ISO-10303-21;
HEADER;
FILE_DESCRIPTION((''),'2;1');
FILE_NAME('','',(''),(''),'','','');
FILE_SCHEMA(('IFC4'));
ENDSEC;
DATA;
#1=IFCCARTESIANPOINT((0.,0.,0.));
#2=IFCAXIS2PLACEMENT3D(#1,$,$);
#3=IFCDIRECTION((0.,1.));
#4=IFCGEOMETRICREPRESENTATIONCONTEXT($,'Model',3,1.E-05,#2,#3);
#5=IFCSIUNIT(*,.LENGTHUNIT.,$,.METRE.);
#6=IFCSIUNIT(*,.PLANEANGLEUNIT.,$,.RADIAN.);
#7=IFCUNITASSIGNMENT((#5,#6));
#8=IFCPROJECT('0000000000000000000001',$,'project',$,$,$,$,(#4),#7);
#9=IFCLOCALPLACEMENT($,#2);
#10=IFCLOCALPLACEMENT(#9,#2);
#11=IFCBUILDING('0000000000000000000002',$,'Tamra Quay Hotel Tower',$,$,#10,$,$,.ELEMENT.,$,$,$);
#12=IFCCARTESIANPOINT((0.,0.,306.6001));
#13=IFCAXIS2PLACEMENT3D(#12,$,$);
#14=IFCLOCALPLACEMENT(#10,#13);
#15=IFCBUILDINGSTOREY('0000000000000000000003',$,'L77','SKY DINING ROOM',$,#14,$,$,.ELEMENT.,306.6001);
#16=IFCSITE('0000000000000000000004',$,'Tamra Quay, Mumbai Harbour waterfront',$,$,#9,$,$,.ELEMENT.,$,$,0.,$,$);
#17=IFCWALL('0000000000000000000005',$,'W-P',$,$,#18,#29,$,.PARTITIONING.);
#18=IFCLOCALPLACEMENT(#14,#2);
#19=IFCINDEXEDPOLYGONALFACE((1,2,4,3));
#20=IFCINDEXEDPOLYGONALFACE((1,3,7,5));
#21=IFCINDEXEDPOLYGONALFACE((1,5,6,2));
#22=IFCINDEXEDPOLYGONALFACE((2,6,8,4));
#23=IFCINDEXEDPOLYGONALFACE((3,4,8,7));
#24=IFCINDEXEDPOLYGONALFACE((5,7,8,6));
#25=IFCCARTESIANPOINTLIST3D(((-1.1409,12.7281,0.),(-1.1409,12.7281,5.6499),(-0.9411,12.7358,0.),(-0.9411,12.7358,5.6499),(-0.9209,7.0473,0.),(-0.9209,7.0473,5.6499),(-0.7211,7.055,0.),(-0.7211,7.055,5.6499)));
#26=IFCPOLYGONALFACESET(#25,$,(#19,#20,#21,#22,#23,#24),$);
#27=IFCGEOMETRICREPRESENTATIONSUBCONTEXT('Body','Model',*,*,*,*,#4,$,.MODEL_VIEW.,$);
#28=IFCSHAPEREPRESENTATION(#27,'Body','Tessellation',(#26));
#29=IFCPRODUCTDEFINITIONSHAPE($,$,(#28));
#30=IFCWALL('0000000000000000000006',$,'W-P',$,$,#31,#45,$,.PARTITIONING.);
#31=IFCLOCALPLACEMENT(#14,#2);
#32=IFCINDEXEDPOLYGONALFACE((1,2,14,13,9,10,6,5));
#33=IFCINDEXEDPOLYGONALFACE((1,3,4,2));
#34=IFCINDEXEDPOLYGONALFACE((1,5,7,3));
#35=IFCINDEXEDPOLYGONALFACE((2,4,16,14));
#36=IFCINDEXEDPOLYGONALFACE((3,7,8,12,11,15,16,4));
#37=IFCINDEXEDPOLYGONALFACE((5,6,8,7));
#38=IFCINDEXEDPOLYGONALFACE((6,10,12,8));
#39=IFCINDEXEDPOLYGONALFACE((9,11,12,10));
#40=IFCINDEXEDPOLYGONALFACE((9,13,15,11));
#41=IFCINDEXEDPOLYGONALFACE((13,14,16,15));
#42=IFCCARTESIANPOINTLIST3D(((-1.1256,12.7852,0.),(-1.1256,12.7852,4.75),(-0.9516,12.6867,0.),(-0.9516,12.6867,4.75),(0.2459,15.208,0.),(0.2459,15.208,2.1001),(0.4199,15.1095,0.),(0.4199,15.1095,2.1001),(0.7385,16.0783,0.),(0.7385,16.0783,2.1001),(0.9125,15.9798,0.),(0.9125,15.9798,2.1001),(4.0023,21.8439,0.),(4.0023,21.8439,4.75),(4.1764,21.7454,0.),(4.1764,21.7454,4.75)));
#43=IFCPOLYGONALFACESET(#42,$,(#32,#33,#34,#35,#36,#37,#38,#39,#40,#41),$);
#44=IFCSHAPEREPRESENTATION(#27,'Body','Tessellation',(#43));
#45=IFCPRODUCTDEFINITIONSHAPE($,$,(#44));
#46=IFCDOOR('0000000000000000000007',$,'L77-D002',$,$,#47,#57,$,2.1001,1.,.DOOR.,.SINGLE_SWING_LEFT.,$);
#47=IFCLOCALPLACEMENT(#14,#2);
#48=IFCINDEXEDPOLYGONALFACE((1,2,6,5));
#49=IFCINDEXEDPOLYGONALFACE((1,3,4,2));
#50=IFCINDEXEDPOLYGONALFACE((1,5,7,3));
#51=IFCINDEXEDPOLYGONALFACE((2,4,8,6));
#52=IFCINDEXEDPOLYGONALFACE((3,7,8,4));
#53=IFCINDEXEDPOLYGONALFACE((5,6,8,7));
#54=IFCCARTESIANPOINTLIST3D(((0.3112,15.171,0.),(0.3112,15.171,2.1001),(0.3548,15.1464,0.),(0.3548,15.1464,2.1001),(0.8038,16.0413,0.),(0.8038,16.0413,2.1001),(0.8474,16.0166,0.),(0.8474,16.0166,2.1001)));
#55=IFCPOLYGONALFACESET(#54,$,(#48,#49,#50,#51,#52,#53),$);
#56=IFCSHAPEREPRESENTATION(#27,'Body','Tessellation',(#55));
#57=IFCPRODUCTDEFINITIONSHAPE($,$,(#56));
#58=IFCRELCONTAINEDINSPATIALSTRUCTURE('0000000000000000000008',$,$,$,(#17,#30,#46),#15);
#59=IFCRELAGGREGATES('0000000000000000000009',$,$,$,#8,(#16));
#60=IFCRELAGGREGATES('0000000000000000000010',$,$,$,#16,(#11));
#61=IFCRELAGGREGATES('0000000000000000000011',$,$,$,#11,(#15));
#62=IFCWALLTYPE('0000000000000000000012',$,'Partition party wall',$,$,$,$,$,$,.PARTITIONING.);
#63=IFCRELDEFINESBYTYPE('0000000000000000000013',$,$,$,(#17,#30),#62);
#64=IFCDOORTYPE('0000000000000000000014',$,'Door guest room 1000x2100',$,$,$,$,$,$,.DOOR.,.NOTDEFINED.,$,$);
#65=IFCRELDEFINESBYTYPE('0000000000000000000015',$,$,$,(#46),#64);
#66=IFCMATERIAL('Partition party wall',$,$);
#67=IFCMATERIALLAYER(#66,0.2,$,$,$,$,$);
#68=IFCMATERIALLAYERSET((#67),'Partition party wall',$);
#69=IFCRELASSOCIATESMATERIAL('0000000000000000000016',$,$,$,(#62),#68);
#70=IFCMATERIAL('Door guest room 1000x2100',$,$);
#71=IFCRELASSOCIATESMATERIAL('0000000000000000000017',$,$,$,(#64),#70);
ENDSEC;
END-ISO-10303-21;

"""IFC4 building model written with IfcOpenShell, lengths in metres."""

from ifc_helpers import new_model, si_unit, direction, frame, frame_2d, origin, place, context, subcontext, project, spatial, rectangle, extrude, material, layer, layer_set, type_object, element, fill, save


model = new_model("IFC4")

# Units and contexts
model_context = context("Model", 3, precision=1e-05, world=origin(), true_north=direction((0.0, 1.0)))
body_context = subcontext(model_context, "Body", "Model", "MODEL_VIEW")
ifc_project = project(units=[si_unit("LENGTHUNIT", "METRE"), si_unit("PLANEANGLEUNIT", "RADIAN")], contexts=[model_context])

# Site, building, storey
site_placement = place(None, origin())
site = spatial("IfcSite", under=ifc_project, at=site_placement, Name="Tamra Quay, Mumbai Harbour waterfront", CompositionType="ELEMENT", RefElevation=0.0)
building_placement = place(site_placement, origin())
building = spatial("IfcBuilding", under=site, at=building_placement, Name="Tamra Quay Hotel Tower", CompositionType="ELEMENT")
storey_placement = place(building_placement, frame((0.0, 0.0, 306.6001)))
storey = spatial("IfcBuildingStorey", under=building, at=storey_placement, Name="L77", Description="SKY DINING ROOM", CompositionType="ELEMENT", Elevation=306.6001)

# Shared definitions
ifc_material_1 = material(Name="Partition party wall")
ifc_layer_1 = layer(ifc_material_1, 0.2)
ifc_layer_set_1 = layer_set([ifc_layer_1], Name="Partition party wall")
wall_type = type_object("IfcWallType", Name="Partition party wall", PredefinedType="PARTITIONING", material=ifc_layer_set_1)
ifc_material_2 = material(Name="Door guest room 1000x2100")
door_type = type_object("IfcDoorType", Name="Door guest room 1000x2100", OperationType="NOTDEFINED", PredefinedType="DOOR", material=ifc_material_2)

# Wall
wall_1_placement = place(storey_placement, frame((-1.041, 12.7319, 0.0), z_axis=(0.0, 0.0, 1.0), x_axis=(0.038692, -0.999251, 0.0)))
element("IfcWall", 1, at=wall_1_placement, inside=storey, type_object=wall_type, Name="W-P", PredefinedType="PARTITIONING", context=body_context, shape_type="SweptSolid", body=[
    extrude(rectangle(XDim=5.6851, YDim=0.2, at=frame_2d((2.8425, 0.0))), origin(), (0.0, 0.0, 1.0), 5.6499),
])

# Wall, opening, door
wall_2_placement = place(storey_placement, frame((-1.0386, 12.7361, 0.0), z_axis=(0.0, 0.0, 1.0), x_axis=(0.492629, 0.870239, 0.0)))
wall_2 = element("IfcWall", 2, at=wall_2_placement, inside=storey, type_object=wall_type, Name="W-P", PredefinedType="PARTITIONING", context=body_context, shape_type="SweptSolid", body=[
    extrude(rectangle(XDim=10.4094, YDim=0.2, at=frame_2d((5.2046, 0.0))), origin(), (0.0, 0.0, 1.0), 4.75),
])
opening_1_placement = place(wall_2_placement, frame((2.7839, 0.0, 0.0)))
opening_1 = element("IfcOpeningElement", 3, at=opening_1_placement, cuts=wall_2, PredefinedType="OPENING", context=body_context, shape_type="SweptSolid", body=[
    extrude(rectangle(XDim=1.0, YDim=2.1001, at=frame_2d((0.5, 1.05))), frame((0.0, 0.1099, 0.0), z_axis=(0.0, -1.0, 0.0), x_axis=(1.0, 0.0, 0.0)), (0.0, 0.0, 1.0), 0.22),
])
door_1_placement = place(opening_1_placement, origin())
door_1 = element("IfcDoor", 4, at=door_1_placement, inside=storey, type_object=door_type, Name="L77-D002", OperationType="SINGLE_SWING_LEFT", OverallHeight=2.1001, OverallWidth=1.0, PredefinedType="DOOR", context=body_context, shape_type="SweptSolid", body=[
    extrude(rectangle(XDim=1.0, YDim=2.1001, at=frame_2d((0.5, 1.05))), frame((0.0, 0.0249, 0.0), z_axis=(0.0, -1.0, 0.0), x_axis=(1.0, 0.0, 0.0)), (0.0, 0.0, 1.0), 0.05),
])
fill(opening_1, door_1)

save(model, "model.ifc")
